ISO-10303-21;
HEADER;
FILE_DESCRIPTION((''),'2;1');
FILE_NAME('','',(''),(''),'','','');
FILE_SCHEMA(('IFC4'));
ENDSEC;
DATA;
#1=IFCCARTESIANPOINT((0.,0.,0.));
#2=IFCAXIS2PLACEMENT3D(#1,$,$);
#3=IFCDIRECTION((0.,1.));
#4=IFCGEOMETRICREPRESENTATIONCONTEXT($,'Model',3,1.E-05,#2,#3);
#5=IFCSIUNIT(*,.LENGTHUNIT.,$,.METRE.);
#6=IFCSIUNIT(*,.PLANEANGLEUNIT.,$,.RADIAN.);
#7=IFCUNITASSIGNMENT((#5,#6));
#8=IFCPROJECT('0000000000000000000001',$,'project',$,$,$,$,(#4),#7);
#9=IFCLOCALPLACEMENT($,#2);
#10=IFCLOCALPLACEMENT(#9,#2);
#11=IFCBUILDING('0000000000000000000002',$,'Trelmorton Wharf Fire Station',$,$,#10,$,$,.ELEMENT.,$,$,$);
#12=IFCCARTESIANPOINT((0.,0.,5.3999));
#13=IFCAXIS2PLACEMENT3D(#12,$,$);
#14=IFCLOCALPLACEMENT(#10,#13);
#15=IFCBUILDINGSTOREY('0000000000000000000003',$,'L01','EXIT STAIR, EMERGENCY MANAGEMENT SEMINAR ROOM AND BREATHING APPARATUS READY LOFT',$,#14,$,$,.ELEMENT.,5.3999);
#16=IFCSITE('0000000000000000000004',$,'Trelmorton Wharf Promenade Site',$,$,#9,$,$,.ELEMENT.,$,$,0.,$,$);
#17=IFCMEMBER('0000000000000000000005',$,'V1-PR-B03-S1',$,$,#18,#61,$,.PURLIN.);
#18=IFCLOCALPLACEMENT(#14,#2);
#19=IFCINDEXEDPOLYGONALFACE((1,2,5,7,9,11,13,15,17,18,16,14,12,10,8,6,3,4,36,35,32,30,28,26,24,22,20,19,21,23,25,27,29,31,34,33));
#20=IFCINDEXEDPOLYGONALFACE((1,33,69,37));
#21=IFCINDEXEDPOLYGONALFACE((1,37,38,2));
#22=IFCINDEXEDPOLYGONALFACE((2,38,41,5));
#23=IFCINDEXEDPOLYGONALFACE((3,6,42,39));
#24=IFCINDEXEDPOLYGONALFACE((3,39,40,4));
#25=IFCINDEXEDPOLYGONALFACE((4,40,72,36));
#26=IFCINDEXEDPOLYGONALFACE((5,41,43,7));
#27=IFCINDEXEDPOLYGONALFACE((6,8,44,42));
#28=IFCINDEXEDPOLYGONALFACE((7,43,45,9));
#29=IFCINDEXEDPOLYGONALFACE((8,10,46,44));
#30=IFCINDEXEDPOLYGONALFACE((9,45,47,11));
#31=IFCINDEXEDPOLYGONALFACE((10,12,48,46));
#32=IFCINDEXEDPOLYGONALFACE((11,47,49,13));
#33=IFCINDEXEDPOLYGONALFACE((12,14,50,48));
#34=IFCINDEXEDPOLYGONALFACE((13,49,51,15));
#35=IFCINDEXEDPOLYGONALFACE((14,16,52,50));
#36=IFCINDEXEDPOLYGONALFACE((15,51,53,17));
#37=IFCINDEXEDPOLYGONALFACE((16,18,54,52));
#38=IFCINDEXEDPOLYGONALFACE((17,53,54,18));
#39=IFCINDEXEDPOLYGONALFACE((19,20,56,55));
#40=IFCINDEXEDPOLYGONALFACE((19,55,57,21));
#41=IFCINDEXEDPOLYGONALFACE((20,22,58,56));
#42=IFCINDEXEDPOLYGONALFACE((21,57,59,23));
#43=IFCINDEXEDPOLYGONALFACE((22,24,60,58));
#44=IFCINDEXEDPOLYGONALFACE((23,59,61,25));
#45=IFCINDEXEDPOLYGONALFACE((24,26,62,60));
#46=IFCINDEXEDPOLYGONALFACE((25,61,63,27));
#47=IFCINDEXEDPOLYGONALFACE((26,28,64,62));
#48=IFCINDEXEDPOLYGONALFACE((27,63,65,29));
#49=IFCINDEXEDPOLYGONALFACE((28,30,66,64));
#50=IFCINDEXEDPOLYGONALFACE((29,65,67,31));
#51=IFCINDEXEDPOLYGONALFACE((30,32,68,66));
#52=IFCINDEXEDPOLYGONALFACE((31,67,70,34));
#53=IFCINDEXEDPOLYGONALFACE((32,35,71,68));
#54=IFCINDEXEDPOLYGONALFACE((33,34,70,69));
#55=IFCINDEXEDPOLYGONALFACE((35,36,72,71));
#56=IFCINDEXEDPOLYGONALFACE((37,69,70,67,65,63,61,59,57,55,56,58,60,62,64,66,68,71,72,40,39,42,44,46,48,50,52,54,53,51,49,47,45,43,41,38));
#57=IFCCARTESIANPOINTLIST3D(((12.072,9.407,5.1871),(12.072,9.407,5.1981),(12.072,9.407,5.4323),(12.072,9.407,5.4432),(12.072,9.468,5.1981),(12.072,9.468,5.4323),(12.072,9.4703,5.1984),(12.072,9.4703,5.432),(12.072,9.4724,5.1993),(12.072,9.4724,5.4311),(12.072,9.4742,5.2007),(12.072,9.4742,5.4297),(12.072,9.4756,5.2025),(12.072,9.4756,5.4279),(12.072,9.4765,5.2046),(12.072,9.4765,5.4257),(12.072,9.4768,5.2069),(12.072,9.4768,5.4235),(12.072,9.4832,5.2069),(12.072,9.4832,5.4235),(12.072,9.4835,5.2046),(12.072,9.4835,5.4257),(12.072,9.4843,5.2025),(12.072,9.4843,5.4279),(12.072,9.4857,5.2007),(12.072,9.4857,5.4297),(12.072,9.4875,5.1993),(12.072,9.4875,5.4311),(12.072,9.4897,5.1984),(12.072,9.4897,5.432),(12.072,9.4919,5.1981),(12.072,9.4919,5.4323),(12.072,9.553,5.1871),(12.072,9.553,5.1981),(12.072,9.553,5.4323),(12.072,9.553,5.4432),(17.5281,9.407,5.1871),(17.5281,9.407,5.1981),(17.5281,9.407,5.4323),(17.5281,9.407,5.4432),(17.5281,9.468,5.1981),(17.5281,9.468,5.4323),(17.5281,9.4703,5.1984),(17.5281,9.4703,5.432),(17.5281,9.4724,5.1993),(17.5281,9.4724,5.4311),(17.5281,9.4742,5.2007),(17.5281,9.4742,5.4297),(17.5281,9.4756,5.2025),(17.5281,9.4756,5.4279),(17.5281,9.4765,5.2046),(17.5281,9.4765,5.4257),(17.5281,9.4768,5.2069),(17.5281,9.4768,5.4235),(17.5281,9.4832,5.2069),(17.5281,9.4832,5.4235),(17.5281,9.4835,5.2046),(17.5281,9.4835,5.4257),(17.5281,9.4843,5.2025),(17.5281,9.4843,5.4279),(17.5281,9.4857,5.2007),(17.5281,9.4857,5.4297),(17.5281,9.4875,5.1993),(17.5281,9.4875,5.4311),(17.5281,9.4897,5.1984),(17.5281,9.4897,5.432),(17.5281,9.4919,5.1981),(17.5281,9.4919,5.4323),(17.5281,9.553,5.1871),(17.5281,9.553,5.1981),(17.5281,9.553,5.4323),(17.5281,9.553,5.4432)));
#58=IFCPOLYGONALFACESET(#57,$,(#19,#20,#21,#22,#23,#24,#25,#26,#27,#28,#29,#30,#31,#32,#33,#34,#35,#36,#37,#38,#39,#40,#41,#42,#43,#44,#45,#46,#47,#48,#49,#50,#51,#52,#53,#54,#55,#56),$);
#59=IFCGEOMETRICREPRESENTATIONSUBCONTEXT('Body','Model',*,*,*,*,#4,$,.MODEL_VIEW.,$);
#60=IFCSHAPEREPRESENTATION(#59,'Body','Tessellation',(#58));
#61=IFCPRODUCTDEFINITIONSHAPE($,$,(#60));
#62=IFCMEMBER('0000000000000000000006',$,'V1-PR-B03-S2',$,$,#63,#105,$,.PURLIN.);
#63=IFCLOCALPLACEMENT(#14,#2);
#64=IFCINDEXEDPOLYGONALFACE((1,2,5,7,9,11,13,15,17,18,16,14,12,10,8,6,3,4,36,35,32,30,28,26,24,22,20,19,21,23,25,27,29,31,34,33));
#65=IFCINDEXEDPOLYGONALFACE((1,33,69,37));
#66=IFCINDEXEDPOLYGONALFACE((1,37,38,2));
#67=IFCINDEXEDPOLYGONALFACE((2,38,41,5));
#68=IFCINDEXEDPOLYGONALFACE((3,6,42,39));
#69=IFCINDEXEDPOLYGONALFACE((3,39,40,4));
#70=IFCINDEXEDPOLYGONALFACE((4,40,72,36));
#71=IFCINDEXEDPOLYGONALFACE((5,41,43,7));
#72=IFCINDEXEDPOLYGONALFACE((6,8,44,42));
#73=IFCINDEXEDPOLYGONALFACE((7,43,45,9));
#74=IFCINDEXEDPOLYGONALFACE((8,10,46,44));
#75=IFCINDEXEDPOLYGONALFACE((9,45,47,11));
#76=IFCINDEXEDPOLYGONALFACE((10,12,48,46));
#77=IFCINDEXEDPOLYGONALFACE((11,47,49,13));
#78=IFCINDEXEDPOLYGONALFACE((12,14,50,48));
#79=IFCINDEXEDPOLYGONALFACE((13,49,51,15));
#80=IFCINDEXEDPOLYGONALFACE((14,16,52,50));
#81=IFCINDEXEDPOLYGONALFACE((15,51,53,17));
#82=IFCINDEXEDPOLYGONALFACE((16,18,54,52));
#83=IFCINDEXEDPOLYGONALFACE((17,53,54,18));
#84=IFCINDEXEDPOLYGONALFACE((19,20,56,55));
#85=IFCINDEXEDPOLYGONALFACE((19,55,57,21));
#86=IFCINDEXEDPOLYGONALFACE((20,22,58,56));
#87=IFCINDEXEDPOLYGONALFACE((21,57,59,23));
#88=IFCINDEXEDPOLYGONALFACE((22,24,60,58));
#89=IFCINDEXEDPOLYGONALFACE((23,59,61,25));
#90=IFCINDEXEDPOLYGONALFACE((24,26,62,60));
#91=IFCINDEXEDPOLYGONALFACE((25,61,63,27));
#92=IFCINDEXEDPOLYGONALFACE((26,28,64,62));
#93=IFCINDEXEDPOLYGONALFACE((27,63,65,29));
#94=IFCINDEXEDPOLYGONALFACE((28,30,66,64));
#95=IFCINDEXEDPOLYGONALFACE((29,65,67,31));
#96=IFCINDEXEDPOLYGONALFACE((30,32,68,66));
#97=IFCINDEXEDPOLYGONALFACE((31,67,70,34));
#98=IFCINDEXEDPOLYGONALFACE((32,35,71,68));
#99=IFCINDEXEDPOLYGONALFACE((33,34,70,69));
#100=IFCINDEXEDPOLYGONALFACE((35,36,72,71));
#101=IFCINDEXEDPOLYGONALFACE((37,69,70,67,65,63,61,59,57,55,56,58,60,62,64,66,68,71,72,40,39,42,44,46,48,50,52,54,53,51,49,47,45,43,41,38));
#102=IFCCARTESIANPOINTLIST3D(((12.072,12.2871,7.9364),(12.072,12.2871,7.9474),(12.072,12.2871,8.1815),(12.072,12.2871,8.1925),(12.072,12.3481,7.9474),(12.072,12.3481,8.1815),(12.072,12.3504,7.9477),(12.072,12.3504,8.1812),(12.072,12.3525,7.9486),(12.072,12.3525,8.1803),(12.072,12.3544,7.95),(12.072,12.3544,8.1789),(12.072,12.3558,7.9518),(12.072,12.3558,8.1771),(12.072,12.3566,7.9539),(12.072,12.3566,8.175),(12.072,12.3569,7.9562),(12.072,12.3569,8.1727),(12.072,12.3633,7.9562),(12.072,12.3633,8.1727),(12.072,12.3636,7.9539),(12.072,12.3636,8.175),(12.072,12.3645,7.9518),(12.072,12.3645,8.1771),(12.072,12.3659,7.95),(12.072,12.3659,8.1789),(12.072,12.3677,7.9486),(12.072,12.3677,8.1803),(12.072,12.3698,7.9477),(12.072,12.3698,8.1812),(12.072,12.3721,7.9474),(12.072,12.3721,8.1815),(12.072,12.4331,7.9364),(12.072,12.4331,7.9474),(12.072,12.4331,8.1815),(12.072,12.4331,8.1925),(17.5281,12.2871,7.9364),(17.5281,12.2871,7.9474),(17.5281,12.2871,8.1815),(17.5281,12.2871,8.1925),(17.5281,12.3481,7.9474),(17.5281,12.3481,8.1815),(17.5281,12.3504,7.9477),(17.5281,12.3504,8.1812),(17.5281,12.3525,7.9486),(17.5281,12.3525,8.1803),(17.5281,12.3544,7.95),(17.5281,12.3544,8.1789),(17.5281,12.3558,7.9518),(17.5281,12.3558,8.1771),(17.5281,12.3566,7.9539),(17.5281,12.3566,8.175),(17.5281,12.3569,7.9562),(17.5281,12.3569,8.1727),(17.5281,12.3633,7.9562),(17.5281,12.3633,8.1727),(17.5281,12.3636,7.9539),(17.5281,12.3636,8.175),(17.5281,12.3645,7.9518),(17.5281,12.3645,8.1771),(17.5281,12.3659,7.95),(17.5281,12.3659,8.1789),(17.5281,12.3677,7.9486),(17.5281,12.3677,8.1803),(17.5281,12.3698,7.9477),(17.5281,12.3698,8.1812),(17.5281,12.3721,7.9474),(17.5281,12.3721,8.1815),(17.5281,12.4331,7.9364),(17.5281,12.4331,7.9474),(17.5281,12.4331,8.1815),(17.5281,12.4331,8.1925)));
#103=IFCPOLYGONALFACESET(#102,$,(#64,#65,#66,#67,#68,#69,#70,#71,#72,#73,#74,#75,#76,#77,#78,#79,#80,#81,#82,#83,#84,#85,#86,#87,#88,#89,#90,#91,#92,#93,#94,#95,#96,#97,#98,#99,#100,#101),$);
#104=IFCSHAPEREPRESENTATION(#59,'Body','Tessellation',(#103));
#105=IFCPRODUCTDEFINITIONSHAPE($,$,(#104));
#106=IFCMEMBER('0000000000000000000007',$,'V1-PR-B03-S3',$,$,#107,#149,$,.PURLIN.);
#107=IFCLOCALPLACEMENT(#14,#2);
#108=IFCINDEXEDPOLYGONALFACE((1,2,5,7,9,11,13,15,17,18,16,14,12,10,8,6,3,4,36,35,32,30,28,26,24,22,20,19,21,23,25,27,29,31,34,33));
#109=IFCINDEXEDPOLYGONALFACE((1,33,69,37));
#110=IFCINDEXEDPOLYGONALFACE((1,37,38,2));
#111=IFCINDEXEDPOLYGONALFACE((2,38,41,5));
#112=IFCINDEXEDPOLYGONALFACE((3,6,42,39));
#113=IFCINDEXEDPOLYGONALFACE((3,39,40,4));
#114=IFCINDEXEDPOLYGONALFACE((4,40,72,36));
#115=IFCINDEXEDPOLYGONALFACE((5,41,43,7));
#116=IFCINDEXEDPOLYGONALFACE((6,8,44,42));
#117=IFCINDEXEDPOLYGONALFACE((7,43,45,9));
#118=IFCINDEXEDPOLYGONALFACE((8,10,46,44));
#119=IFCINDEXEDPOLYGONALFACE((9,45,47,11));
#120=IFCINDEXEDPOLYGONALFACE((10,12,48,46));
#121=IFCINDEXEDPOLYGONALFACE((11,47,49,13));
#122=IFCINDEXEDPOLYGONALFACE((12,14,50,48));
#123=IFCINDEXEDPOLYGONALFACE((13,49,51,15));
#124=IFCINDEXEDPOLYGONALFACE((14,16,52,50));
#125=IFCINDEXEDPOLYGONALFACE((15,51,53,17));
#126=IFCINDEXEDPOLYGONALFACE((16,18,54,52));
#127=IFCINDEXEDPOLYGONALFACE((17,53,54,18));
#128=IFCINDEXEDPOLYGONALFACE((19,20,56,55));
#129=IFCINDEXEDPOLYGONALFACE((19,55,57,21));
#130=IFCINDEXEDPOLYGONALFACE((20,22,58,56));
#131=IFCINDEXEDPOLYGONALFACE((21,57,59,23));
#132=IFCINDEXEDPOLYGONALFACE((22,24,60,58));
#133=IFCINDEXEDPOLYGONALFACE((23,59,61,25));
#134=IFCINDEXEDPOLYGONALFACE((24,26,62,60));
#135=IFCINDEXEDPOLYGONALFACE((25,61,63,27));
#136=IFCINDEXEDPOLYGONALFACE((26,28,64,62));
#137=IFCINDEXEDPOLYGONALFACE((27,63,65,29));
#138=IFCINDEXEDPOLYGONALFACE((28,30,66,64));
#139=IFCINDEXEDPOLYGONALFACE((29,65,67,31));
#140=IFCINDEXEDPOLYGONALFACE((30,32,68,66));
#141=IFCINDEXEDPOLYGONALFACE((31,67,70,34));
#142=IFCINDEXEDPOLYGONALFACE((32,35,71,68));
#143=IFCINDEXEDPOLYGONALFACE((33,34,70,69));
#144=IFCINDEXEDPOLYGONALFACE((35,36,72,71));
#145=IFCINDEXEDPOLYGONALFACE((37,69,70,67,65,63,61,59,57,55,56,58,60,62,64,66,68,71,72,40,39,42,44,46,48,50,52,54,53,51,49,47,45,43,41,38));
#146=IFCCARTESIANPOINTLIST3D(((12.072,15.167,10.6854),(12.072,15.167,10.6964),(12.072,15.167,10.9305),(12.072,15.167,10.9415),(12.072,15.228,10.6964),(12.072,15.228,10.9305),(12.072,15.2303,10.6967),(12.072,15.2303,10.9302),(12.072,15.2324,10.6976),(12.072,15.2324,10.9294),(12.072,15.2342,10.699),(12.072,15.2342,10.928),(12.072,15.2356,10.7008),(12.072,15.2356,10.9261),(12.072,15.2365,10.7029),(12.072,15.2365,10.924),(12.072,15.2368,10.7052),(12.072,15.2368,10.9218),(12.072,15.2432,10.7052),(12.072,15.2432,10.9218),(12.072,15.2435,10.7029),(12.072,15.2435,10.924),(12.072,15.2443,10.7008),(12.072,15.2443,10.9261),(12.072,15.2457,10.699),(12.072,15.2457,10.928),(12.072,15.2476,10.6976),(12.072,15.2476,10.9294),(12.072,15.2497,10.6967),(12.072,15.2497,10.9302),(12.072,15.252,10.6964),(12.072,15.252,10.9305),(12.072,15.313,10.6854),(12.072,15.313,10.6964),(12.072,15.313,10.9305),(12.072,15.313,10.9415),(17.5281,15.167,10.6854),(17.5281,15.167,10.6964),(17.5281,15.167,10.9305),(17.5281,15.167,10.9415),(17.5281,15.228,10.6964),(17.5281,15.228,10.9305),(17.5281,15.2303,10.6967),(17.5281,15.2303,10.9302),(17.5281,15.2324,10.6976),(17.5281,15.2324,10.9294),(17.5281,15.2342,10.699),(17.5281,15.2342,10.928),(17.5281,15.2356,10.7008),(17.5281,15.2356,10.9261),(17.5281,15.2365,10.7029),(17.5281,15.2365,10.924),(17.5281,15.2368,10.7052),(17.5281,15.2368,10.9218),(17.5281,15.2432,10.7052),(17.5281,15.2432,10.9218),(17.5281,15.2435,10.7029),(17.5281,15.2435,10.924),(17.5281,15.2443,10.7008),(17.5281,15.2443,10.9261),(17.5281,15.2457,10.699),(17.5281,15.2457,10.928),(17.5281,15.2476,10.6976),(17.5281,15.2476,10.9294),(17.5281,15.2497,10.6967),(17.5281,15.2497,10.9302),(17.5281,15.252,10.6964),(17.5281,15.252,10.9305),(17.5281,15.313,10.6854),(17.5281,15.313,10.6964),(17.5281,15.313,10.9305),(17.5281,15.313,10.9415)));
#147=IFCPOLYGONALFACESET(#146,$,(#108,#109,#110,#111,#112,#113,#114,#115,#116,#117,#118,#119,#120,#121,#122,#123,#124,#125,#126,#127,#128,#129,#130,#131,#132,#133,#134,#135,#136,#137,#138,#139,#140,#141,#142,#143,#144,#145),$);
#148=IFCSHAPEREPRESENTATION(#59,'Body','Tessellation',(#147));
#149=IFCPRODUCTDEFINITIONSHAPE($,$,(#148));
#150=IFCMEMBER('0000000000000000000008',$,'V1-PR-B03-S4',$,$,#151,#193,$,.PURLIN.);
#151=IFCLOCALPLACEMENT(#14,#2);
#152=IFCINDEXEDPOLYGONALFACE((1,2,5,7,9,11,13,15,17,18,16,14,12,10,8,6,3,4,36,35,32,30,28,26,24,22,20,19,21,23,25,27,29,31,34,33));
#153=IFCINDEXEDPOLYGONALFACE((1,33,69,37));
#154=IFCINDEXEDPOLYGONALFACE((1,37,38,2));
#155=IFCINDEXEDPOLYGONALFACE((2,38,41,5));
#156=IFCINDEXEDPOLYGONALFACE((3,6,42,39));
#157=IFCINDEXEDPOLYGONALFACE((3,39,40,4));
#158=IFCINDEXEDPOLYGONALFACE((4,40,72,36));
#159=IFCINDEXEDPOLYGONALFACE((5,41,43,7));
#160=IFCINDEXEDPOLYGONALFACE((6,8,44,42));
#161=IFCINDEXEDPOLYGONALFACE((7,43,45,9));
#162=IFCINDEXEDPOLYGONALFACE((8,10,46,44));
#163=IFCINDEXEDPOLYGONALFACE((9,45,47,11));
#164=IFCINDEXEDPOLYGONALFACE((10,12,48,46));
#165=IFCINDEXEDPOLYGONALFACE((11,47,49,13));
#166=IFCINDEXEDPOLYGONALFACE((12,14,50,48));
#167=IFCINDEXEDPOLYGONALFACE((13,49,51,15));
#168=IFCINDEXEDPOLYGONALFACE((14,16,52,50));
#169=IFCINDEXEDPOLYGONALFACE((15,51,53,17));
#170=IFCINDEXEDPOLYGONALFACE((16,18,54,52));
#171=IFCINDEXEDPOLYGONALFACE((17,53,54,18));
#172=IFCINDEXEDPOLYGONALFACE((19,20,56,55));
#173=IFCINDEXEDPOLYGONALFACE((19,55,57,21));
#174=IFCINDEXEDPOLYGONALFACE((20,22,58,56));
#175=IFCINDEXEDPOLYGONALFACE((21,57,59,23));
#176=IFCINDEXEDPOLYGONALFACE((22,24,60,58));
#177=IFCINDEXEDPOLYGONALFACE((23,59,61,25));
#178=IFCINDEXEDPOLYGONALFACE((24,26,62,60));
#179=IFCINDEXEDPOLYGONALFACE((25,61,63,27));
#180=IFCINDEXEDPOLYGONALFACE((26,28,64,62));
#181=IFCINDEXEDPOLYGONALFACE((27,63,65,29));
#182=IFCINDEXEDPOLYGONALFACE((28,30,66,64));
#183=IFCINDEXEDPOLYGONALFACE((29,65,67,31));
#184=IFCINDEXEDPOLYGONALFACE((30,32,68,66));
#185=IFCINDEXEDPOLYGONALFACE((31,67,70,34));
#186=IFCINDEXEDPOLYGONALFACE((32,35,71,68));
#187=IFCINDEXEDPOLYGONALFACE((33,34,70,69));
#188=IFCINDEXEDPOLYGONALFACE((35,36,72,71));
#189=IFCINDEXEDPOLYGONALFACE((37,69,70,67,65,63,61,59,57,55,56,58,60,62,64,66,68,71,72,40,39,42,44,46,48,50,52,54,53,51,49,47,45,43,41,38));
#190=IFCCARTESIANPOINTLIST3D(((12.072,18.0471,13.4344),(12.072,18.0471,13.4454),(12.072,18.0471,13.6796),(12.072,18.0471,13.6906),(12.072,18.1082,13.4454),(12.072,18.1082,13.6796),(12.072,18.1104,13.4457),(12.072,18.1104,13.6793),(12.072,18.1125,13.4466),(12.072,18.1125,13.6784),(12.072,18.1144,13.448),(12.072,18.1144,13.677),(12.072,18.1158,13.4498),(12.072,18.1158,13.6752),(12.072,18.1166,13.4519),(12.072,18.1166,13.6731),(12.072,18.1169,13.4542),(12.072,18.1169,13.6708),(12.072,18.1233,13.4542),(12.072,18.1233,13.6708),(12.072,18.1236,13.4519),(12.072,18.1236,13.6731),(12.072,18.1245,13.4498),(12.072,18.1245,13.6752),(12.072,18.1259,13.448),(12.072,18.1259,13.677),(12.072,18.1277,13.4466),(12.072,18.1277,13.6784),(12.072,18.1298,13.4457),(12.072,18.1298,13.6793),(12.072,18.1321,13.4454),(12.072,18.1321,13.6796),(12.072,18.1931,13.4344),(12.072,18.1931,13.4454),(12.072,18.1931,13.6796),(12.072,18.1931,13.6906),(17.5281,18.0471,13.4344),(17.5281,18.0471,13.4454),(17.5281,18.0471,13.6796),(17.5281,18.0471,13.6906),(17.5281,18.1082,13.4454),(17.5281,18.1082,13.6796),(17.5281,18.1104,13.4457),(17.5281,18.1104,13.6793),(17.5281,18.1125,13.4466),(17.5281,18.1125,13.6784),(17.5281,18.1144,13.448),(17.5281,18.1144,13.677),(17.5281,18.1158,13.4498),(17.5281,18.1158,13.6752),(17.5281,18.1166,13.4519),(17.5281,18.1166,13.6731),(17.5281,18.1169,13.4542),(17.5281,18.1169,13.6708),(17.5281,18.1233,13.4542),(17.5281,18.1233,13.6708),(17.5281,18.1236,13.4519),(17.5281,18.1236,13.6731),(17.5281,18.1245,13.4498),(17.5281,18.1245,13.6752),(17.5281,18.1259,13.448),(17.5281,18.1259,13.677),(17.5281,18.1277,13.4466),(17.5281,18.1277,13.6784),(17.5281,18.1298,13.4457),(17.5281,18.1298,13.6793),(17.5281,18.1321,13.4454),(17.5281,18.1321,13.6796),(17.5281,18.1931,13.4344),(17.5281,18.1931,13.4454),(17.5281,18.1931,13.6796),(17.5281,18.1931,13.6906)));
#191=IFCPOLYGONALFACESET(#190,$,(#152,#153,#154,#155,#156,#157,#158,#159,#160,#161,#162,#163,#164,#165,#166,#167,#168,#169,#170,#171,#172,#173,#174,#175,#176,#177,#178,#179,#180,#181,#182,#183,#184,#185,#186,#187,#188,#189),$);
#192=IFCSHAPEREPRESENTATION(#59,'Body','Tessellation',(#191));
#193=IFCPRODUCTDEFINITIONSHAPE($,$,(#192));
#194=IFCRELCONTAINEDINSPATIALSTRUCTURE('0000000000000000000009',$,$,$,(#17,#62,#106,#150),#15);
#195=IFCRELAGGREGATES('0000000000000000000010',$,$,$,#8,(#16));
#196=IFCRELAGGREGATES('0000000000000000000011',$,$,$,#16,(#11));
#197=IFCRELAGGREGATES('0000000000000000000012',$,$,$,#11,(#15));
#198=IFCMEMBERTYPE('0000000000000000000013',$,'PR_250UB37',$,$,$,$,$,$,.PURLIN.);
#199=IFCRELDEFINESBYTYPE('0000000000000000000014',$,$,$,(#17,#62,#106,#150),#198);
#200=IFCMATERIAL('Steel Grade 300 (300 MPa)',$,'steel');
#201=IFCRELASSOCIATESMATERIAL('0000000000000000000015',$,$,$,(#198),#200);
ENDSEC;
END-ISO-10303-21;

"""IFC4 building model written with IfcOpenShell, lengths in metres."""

from ifc_helpers import new_model, si_unit, direction, frame, origin, origin_2d, place, context, subcontext, project, spatial, i_section, extrude, material, material_profile, profile_set, type_object, element, save


model = new_model("IFC4")

# Units and contexts
model_context = context("Model", 3, precision=1e-05, world=origin(), true_north=direction((0.0, 1.0)))
body_context = subcontext(model_context, "Body", "Model", "MODEL_VIEW")
ifc_project = project(units=[si_unit("LENGTHUNIT", "METRE"), si_unit("PLANEANGLEUNIT", "RADIAN")], contexts=[model_context])

# Site, building, storey
site_placement = place(None, origin())
site = spatial("IfcSite", under=ifc_project, at=site_placement, Name="Trelmorton Wharf Promenade Site", CompositionType="ELEMENT", RefElevation=0.0)
building_placement = place(site_placement, origin())
building = spatial("IfcBuilding", under=site, at=building_placement, Name="Trelmorton Wharf Fire Station", CompositionType="ELEMENT")
storey_placement = place(building_placement, frame((0.0, 0.0, 5.3999)))
storey = spatial("IfcBuildingStorey", under=building, at=storey_placement, Name="L01", Description="EXIT STAIR, EMERGENCY MANAGEMENT SEMINAR ROOM AND BREATHING APPARATUS READY LOFT", CompositionType="ELEMENT", Elevation=5.3999)

# Members
ifc_material_1 = material(Name="Steel Grade 300 (300 MPa)", Category="steel")
ifc_material_profile_1 = material_profile(ifc_material_1, i_section(OverallWidth=0.146, OverallDepth=0.2561, WebThickness=0.0063, FlangeThickness=0.011, FilletRadius=0.0088, at=origin_2d()), Name="250UB37.3")
ifc_profile_set_1 = profile_set([ifc_material_profile_1], Name="Steel Grade 300 (300 MPa)")
member_type_1 = type_object("IfcMemberType", Name="PR_250UB37", PredefinedType="PURLIN", material=ifc_profile_set_1)
for number, where, z_axis, x_axis, name in (
    (1, (12.072, 9.48, 5.3152), (1.0, 0.0, 0.0), (0.0, 1.0, 0.0), "V1-PR-B03-S1"),
    (2, (12.072, 12.3601, 8.0645), (1.0, 0.0, 0.0), (0.0, 1.0, 0.0), "V1-PR-B03-S2"),
    (3, (12.072, 15.24, 10.8135), (1.0, 0.0, 0.0), (0.0, 1.0, 0.0), "V1-PR-B03-S3"),
    (4, (12.072, 18.1201, 13.5625), (1.0, 0.0, 0.0), (0.0, 1.0, 0.0), "V1-PR-B03-S4"),
):
    element("IfcMember", number, at=place(storey_placement, frame(where, z_axis=z_axis, x_axis=x_axis)), inside=storey, type_object=member_type_1, Name=name, PredefinedType="PURLIN", context=body_context, shape_type="SweptSolid", body=[
        extrude(i_section(OverallWidth=0.146, OverallDepth=0.2561, WebThickness=0.0063, FlangeThickness=0.011, FilletRadius=0.0088, at=origin_2d()), origin(), (0.0, 0.0, 1.0), 5.4561),
    ])

save(model, "model.ifc")
